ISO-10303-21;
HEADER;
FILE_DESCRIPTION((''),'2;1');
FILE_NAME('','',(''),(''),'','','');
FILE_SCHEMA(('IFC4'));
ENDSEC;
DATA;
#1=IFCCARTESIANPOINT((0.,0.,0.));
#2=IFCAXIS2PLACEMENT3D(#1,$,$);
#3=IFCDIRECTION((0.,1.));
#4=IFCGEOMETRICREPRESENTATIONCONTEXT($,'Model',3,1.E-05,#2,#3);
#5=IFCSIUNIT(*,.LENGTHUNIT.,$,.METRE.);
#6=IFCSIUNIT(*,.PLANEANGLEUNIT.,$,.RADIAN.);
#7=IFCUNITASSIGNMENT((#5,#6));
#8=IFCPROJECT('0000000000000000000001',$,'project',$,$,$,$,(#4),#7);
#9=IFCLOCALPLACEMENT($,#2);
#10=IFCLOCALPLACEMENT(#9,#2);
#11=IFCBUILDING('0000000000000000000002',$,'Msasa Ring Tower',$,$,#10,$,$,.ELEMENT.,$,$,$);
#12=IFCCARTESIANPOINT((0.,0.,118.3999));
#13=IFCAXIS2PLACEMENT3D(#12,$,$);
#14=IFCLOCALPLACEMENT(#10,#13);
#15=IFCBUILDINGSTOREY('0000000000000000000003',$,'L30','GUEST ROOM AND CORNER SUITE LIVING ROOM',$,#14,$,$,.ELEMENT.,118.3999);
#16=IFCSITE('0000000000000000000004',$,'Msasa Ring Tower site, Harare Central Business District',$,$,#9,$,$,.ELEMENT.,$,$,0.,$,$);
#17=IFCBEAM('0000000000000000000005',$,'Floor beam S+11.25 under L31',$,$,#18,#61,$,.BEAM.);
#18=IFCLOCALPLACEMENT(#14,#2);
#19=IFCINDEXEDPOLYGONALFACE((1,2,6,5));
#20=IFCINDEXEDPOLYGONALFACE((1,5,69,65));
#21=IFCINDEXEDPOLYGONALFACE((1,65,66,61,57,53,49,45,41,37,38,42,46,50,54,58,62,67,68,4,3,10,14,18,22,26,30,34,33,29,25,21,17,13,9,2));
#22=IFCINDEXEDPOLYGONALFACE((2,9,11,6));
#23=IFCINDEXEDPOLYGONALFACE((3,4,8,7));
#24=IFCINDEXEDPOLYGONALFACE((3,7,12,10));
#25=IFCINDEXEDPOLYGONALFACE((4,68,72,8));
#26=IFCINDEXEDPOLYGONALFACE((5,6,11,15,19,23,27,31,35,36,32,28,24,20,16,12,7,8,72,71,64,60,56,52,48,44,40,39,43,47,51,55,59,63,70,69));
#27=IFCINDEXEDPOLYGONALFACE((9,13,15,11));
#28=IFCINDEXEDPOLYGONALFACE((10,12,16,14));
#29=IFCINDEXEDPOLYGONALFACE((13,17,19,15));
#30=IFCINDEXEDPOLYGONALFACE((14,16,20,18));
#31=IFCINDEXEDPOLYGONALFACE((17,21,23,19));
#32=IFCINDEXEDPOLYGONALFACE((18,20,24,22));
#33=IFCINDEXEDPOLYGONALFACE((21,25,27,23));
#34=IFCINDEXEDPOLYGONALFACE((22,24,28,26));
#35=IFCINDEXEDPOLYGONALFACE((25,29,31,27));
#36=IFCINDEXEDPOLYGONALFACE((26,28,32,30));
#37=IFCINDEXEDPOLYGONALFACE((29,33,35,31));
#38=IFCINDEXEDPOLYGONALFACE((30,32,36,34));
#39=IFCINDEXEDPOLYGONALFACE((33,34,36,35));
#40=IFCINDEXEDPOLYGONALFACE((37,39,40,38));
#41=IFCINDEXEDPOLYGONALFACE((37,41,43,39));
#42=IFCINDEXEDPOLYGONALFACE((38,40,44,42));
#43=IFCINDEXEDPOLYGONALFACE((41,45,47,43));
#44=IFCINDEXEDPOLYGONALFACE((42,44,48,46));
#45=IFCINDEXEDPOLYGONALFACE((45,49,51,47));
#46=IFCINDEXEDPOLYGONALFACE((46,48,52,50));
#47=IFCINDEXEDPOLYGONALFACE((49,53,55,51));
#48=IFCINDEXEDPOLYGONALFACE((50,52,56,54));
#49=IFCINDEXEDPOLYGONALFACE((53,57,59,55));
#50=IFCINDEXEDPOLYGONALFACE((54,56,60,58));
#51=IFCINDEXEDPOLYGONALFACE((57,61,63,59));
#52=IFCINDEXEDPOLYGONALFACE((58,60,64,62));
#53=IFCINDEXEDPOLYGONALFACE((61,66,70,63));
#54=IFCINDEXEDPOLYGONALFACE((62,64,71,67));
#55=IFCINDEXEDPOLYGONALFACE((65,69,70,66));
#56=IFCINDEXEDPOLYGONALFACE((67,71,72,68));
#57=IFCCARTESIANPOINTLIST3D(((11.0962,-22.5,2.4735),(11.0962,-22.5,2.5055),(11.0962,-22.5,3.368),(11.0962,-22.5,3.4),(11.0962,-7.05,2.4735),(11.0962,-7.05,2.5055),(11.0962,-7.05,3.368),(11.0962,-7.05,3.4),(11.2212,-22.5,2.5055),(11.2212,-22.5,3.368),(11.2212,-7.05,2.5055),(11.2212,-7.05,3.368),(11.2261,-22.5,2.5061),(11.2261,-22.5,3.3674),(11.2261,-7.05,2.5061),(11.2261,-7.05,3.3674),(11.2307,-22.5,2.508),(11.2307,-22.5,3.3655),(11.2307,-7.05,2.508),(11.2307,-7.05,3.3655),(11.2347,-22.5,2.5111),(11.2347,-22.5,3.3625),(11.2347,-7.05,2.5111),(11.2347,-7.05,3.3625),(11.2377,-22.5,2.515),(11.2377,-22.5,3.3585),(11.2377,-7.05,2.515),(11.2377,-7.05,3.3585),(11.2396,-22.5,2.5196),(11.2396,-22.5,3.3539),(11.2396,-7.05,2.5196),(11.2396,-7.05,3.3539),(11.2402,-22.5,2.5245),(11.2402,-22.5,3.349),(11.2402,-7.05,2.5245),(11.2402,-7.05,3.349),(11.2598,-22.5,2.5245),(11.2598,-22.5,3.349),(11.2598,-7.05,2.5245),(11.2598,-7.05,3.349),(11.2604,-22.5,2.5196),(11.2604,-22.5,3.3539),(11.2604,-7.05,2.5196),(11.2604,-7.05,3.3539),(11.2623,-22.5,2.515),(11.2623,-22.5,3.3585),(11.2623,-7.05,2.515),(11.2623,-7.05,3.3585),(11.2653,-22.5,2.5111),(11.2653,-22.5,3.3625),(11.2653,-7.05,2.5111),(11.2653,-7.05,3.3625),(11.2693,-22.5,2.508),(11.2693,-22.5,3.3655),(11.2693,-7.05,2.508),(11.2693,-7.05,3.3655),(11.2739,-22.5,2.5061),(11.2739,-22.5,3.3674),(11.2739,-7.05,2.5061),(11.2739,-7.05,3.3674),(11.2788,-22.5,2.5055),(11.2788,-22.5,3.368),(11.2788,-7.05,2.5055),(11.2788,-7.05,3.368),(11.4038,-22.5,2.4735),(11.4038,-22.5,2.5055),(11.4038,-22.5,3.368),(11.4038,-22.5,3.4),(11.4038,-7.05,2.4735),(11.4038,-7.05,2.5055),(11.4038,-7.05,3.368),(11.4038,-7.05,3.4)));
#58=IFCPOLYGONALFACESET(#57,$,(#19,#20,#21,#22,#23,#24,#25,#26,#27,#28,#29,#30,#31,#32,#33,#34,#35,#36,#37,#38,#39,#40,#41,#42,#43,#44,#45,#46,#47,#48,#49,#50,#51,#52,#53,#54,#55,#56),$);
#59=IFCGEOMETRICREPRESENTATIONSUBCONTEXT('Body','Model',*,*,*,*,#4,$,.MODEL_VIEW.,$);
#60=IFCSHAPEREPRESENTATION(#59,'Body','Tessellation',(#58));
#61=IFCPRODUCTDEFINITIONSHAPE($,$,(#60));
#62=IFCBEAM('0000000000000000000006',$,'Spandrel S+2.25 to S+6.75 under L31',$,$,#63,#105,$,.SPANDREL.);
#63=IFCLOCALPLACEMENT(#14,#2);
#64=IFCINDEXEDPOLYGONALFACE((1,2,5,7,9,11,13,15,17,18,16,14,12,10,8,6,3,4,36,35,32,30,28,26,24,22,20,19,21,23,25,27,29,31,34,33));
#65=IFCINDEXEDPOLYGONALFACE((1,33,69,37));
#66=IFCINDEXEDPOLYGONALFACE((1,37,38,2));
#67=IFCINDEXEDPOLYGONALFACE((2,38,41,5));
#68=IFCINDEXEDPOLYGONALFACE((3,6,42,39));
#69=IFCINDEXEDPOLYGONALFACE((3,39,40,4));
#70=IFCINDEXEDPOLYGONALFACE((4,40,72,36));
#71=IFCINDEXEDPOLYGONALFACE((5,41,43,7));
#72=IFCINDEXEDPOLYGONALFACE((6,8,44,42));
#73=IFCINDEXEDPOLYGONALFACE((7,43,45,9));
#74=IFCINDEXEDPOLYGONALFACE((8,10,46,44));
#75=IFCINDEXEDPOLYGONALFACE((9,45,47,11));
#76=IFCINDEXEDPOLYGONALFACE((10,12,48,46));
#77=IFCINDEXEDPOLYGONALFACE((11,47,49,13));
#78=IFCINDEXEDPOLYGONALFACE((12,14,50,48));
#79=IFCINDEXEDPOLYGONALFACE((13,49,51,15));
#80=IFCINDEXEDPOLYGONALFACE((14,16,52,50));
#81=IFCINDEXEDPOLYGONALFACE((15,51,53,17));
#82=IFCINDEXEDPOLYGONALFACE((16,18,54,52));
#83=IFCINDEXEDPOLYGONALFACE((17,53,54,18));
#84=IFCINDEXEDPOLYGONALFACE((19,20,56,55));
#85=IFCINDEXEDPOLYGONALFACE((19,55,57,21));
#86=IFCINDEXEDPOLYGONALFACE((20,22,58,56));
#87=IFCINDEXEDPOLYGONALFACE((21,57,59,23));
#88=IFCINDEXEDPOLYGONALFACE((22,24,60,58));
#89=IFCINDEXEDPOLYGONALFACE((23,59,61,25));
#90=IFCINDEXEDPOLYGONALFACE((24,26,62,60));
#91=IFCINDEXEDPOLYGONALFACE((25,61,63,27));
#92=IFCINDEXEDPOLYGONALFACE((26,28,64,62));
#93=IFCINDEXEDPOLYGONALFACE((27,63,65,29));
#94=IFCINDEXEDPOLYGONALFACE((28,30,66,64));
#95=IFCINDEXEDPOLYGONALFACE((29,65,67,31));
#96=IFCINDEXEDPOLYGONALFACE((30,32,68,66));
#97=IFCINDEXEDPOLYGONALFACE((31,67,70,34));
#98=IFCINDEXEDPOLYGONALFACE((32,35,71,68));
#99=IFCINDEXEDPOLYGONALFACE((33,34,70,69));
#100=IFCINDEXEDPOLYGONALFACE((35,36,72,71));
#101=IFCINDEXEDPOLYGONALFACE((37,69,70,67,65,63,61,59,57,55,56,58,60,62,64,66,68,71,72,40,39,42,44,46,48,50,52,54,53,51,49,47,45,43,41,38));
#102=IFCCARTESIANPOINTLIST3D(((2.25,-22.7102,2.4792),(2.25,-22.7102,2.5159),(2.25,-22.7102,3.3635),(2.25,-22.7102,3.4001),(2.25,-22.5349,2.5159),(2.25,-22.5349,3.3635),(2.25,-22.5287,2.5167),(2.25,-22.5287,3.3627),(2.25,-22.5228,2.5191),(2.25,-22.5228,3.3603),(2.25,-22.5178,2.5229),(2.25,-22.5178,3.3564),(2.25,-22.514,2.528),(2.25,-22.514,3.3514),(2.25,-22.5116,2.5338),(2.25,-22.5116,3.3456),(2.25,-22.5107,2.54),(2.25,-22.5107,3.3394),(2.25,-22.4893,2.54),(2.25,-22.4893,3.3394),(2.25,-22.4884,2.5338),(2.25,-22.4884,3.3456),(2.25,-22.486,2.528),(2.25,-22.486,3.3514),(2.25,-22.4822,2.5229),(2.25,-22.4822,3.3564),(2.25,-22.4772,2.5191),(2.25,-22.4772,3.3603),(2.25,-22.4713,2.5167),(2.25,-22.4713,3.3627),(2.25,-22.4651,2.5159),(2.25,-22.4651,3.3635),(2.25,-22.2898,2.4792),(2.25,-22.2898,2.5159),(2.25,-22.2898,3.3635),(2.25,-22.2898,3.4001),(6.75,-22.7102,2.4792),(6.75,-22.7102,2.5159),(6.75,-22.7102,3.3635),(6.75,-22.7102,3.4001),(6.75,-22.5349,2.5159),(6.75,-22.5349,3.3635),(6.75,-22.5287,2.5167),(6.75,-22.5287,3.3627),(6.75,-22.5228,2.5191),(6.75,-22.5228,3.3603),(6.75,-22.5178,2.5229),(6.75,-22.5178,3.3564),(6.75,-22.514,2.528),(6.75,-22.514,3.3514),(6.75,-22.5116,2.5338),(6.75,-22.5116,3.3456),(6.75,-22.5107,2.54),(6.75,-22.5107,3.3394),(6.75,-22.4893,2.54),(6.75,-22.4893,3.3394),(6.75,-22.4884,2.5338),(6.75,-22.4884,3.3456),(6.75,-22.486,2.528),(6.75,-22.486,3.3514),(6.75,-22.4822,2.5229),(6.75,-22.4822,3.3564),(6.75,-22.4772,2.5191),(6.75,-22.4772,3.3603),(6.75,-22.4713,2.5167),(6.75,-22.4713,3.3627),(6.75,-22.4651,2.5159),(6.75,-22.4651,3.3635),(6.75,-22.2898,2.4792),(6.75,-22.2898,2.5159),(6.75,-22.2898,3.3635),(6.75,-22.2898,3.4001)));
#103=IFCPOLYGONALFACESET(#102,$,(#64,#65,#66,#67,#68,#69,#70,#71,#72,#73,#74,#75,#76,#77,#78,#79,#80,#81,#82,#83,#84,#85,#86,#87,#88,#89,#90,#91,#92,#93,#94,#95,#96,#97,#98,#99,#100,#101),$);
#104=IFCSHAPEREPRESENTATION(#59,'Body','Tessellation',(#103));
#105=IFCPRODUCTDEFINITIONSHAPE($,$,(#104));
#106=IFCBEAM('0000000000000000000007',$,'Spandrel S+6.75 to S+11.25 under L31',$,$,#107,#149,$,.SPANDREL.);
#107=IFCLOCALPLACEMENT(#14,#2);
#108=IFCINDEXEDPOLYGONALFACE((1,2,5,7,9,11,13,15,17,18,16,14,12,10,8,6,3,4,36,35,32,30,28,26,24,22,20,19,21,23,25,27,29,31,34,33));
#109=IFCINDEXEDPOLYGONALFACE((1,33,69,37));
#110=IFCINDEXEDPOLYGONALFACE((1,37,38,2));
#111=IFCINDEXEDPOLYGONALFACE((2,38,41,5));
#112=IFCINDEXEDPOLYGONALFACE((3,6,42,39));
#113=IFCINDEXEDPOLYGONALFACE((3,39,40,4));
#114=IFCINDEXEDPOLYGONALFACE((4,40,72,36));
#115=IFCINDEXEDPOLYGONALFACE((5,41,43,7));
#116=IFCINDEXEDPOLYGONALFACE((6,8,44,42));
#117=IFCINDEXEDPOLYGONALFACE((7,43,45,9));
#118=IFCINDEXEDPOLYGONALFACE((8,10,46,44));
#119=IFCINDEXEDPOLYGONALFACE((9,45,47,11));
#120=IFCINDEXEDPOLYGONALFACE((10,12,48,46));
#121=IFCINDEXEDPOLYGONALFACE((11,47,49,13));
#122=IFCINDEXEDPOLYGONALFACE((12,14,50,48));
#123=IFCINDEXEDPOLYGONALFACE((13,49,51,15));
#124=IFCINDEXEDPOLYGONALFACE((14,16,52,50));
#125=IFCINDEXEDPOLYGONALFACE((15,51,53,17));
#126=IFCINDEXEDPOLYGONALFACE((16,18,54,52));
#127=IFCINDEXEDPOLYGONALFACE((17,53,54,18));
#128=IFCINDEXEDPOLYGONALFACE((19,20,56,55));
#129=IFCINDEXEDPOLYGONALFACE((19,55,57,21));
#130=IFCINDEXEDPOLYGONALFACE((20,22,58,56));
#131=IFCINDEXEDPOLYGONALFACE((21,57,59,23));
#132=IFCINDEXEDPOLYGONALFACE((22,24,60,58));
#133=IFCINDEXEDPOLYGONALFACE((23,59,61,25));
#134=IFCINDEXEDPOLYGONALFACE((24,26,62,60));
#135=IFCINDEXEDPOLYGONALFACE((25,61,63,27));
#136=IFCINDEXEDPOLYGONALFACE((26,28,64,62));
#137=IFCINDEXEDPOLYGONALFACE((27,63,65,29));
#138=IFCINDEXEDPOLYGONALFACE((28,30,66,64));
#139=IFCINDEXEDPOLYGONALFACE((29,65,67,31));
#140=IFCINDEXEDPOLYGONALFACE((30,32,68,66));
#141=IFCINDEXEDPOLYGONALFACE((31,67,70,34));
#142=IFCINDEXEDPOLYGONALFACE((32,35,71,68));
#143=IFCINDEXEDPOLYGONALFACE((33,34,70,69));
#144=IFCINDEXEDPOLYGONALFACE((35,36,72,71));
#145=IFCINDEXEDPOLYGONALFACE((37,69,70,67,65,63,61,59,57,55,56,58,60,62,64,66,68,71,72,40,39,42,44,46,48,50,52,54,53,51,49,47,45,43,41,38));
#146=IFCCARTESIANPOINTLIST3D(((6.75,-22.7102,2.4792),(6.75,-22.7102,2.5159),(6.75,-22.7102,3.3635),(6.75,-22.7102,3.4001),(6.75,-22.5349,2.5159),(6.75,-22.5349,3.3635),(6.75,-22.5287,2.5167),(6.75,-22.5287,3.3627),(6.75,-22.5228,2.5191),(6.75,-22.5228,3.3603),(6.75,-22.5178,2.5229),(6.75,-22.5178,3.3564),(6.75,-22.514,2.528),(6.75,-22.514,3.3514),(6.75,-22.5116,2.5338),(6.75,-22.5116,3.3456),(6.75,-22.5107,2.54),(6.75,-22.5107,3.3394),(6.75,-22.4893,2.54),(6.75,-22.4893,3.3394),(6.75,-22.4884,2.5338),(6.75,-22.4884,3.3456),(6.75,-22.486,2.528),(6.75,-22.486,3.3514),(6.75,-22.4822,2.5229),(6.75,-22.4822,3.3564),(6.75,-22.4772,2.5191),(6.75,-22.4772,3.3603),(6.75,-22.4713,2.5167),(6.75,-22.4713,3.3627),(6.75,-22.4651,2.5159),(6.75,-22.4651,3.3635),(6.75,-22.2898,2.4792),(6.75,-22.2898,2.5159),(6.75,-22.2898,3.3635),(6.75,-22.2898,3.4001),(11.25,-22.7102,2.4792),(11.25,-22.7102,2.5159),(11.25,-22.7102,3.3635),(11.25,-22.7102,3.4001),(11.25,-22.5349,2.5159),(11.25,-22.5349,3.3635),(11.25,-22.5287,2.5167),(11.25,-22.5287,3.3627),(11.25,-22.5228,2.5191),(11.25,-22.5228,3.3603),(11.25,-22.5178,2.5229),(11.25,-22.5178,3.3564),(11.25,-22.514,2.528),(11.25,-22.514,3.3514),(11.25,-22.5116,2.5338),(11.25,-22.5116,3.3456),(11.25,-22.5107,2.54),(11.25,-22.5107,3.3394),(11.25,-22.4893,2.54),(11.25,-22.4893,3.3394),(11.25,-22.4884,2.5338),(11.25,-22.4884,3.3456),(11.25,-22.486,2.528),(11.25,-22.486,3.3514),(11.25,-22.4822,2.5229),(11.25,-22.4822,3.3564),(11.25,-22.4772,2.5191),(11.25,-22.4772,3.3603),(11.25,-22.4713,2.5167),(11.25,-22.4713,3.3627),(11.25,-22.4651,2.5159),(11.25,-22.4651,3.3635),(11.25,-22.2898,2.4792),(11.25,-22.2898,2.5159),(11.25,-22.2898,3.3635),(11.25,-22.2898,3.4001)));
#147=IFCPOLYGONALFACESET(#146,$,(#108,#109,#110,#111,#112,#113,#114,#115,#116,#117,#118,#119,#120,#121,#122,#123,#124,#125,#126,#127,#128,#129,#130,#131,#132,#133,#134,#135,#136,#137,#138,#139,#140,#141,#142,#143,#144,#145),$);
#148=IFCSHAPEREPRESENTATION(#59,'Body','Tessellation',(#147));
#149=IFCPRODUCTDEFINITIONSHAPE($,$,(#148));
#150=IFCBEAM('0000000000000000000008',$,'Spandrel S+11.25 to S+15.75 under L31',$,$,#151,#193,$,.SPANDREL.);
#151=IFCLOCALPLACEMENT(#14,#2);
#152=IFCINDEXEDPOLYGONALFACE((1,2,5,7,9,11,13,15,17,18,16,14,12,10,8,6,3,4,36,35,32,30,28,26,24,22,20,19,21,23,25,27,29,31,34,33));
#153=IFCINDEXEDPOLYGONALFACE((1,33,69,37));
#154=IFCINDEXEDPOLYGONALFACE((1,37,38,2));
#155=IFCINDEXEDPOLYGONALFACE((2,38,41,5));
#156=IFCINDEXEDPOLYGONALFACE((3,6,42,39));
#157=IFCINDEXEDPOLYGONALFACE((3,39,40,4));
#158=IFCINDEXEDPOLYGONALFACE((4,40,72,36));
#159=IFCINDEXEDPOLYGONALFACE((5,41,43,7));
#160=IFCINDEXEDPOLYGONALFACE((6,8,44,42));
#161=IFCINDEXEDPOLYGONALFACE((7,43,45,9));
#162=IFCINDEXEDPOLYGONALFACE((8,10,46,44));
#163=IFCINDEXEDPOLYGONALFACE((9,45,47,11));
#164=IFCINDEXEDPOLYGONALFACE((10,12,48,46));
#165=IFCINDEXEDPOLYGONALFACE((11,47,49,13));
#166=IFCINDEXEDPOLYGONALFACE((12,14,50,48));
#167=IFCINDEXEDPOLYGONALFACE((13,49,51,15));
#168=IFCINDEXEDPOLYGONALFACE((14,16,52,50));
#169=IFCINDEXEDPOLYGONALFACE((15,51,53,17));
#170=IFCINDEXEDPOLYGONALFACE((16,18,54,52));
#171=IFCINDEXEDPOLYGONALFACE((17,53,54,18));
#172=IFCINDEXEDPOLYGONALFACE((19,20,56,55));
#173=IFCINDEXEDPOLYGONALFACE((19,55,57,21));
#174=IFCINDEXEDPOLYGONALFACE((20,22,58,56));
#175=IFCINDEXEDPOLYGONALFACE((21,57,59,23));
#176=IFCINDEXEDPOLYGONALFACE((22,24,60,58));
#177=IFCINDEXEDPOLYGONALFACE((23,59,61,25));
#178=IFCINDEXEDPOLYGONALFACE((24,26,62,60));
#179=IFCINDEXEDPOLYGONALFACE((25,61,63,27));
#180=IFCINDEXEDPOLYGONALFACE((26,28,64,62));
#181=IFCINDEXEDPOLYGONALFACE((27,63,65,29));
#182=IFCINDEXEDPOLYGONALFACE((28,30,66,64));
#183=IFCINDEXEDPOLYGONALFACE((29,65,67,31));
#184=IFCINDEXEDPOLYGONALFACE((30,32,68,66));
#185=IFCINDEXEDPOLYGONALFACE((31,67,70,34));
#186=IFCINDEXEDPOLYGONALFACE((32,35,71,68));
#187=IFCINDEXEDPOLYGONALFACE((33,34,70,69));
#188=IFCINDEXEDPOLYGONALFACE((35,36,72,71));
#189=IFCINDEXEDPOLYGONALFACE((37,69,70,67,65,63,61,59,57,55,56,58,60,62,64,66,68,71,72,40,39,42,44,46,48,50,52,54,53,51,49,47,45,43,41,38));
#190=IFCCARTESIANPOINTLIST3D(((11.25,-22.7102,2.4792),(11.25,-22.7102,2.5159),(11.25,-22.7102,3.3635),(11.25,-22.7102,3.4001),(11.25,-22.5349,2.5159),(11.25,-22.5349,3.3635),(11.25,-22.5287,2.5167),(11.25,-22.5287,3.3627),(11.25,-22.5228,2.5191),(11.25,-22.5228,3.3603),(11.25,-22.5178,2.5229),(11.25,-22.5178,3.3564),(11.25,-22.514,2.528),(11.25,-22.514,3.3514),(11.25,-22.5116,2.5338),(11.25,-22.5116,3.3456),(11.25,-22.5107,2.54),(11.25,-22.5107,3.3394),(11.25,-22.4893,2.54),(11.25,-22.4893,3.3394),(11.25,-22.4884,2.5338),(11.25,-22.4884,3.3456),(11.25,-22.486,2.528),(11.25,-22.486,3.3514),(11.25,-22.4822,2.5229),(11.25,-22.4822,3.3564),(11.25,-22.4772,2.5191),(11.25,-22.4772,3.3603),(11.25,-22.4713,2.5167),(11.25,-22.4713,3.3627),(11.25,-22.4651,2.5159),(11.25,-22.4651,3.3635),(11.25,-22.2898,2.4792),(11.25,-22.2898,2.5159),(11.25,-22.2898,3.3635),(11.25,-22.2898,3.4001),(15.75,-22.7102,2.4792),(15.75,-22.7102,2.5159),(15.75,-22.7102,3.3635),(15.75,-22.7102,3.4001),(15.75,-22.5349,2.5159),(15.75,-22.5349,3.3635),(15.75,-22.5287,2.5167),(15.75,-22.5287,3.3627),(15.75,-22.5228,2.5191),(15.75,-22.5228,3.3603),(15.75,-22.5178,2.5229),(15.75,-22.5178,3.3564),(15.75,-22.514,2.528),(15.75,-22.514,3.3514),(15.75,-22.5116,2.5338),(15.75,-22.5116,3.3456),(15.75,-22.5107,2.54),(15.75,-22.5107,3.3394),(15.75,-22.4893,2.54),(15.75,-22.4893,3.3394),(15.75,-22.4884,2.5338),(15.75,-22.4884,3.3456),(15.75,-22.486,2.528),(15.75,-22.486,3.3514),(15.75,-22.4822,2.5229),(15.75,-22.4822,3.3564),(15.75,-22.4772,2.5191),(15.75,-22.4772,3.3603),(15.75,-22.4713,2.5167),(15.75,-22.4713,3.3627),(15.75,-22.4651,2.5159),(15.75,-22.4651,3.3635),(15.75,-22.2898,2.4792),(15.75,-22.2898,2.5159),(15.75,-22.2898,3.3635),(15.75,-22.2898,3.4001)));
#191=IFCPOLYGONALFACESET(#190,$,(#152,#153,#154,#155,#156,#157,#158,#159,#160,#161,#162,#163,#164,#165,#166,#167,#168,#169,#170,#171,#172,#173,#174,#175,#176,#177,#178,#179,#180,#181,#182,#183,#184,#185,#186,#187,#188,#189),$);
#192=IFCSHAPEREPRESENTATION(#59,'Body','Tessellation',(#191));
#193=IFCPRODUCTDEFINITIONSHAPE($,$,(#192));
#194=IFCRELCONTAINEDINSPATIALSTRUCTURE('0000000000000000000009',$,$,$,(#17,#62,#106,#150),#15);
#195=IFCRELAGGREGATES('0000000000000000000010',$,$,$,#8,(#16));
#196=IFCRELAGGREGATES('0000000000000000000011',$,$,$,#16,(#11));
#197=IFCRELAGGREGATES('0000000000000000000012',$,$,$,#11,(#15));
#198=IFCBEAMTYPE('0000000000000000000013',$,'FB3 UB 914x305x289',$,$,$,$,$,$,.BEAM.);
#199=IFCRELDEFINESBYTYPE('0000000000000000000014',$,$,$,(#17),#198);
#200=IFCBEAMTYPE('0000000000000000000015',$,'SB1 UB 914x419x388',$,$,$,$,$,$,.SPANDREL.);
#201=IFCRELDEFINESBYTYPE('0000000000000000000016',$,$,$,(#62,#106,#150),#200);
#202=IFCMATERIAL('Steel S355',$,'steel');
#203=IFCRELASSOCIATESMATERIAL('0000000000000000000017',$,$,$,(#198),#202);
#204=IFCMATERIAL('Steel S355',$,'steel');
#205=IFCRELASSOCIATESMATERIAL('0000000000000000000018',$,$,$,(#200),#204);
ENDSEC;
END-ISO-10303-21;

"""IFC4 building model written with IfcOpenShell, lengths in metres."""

from ifc_helpers import new_model, si_unit, direction, frame, origin, origin_2d, place, context, subcontext, project, spatial, i_section, extrude, material, material_profile, profile_set, type_object, element, save


model = new_model("IFC4")

# Units and contexts
model_context = context("Model", 3, precision=1e-05, world=origin(), true_north=direction((0.0, 1.0)))
body_context = subcontext(model_context, "Body", "Model", "MODEL_VIEW")
ifc_project = project(units=[si_unit("LENGTHUNIT", "METRE"), si_unit("PLANEANGLEUNIT", "RADIAN")], contexts=[model_context])

# Site, building, storey
site_placement = place(None, origin())
site = spatial("IfcSite", under=ifc_project, at=site_placement, Name="Msasa Ring Tower site, Harare Central Business District", CompositionType="ELEMENT", RefElevation=0.0)
building_placement = place(site_placement, origin())
building = spatial("IfcBuilding", under=site, at=building_placement, Name="Msasa Ring Tower", CompositionType="ELEMENT")
storey_placement = place(building_placement, frame((0.0, 0.0, 118.3999)))
storey = spatial("IfcBuildingStorey", under=building, at=storey_placement, Name="L30", Description="GUEST ROOM AND CORNER SUITE LIVING ROOM", CompositionType="ELEMENT", Elevation=118.3999)

# Beams
ifc_material_1 = material(Name="Steel S355", Category="steel")
ifc_material_profile_1 = material_profile(ifc_material_1, i_section(OverallWidth=0.3076, OverallDepth=0.9265, WebThickness=0.0195, FlangeThickness=0.032, FilletRadius=0.019, at=origin_2d()), Name="UB 914x305x289")
ifc_profile_set_1 = profile_set([ifc_material_profile_1], Name="Steel S355")
beam_type_1 = type_object("IfcBeamType", Name="FB3 UB 914x305x289", PredefinedType="BEAM", material=ifc_profile_set_1)
beam_placement = place(storey_placement, frame((11.25, -22.5, 2.9368), z_axis=(0.0, 1.0, 0.0), x_axis=(-1.0, 0.0, 0.0)))
element("IfcBeam", 1, at=beam_placement, inside=storey, type_object=beam_type_1, Name="Floor beam S+11.25 under L31", PredefinedType="BEAM", context=body_context, shape_type="SweptSolid", body=[
    extrude(i_section(OverallWidth=0.3076, OverallDepth=0.9265, WebThickness=0.0195, FlangeThickness=0.032, FilletRadius=0.019, at=origin_2d()), origin(), (0.0, 0.0, 1.0), 15.45),
])
ifc_material_2 = material(Name="Steel S355", Category="steel")
ifc_material_profile_2 = material_profile(ifc_material_2, i_section(OverallWidth=0.4204, OverallDepth=0.9209, WebThickness=0.0215, FlangeThickness=0.0366, FilletRadius=0.0242, at=origin_2d()), Name="UB 914x419x388")
ifc_profile_set_2 = profile_set([ifc_material_profile_2], Name="Steel S355")
beam_type_2 = type_object("IfcBeamType", Name="SB1 UB 914x419x388", PredefinedType="SPANDREL", material=ifc_profile_set_2)
for number, where, z_axis, x_axis, name in (
    (2, (2.25, -22.5, 2.9397), (1.0, 0.0, 0.0), (0.0, 1.0, 0.0), "Spandrel S+2.25 to S+6.75 under L31"),
    (3, (6.75, -22.5, 2.9397), (1.0, 0.0, 0.0), (0.0, 1.0, 0.0), "Spandrel S+6.75 to S+11.25 under L31"),
    (4, (11.25, -22.5, 2.9397), (1.0, 0.0, 0.0), (0.0, 1.0, 0.0), "Spandrel S+11.25 to S+15.75 under L31"),
):
    element("IfcBeam", number, at=place(storey_placement, frame(where, z_axis=z_axis, x_axis=x_axis)), inside=storey, type_object=beam_type_2, Name=name, PredefinedType="SPANDREL", context=body_context, shape_type="SweptSolid", body=[
        extrude(i_section(OverallWidth=0.4204, OverallDepth=0.9209, WebThickness=0.0215, FlangeThickness=0.0366, FilletRadius=0.0242, at=origin_2d()), origin(), (0.0, 0.0, 1.0), 4.5),
    ])

save(model, "model.ifc")
